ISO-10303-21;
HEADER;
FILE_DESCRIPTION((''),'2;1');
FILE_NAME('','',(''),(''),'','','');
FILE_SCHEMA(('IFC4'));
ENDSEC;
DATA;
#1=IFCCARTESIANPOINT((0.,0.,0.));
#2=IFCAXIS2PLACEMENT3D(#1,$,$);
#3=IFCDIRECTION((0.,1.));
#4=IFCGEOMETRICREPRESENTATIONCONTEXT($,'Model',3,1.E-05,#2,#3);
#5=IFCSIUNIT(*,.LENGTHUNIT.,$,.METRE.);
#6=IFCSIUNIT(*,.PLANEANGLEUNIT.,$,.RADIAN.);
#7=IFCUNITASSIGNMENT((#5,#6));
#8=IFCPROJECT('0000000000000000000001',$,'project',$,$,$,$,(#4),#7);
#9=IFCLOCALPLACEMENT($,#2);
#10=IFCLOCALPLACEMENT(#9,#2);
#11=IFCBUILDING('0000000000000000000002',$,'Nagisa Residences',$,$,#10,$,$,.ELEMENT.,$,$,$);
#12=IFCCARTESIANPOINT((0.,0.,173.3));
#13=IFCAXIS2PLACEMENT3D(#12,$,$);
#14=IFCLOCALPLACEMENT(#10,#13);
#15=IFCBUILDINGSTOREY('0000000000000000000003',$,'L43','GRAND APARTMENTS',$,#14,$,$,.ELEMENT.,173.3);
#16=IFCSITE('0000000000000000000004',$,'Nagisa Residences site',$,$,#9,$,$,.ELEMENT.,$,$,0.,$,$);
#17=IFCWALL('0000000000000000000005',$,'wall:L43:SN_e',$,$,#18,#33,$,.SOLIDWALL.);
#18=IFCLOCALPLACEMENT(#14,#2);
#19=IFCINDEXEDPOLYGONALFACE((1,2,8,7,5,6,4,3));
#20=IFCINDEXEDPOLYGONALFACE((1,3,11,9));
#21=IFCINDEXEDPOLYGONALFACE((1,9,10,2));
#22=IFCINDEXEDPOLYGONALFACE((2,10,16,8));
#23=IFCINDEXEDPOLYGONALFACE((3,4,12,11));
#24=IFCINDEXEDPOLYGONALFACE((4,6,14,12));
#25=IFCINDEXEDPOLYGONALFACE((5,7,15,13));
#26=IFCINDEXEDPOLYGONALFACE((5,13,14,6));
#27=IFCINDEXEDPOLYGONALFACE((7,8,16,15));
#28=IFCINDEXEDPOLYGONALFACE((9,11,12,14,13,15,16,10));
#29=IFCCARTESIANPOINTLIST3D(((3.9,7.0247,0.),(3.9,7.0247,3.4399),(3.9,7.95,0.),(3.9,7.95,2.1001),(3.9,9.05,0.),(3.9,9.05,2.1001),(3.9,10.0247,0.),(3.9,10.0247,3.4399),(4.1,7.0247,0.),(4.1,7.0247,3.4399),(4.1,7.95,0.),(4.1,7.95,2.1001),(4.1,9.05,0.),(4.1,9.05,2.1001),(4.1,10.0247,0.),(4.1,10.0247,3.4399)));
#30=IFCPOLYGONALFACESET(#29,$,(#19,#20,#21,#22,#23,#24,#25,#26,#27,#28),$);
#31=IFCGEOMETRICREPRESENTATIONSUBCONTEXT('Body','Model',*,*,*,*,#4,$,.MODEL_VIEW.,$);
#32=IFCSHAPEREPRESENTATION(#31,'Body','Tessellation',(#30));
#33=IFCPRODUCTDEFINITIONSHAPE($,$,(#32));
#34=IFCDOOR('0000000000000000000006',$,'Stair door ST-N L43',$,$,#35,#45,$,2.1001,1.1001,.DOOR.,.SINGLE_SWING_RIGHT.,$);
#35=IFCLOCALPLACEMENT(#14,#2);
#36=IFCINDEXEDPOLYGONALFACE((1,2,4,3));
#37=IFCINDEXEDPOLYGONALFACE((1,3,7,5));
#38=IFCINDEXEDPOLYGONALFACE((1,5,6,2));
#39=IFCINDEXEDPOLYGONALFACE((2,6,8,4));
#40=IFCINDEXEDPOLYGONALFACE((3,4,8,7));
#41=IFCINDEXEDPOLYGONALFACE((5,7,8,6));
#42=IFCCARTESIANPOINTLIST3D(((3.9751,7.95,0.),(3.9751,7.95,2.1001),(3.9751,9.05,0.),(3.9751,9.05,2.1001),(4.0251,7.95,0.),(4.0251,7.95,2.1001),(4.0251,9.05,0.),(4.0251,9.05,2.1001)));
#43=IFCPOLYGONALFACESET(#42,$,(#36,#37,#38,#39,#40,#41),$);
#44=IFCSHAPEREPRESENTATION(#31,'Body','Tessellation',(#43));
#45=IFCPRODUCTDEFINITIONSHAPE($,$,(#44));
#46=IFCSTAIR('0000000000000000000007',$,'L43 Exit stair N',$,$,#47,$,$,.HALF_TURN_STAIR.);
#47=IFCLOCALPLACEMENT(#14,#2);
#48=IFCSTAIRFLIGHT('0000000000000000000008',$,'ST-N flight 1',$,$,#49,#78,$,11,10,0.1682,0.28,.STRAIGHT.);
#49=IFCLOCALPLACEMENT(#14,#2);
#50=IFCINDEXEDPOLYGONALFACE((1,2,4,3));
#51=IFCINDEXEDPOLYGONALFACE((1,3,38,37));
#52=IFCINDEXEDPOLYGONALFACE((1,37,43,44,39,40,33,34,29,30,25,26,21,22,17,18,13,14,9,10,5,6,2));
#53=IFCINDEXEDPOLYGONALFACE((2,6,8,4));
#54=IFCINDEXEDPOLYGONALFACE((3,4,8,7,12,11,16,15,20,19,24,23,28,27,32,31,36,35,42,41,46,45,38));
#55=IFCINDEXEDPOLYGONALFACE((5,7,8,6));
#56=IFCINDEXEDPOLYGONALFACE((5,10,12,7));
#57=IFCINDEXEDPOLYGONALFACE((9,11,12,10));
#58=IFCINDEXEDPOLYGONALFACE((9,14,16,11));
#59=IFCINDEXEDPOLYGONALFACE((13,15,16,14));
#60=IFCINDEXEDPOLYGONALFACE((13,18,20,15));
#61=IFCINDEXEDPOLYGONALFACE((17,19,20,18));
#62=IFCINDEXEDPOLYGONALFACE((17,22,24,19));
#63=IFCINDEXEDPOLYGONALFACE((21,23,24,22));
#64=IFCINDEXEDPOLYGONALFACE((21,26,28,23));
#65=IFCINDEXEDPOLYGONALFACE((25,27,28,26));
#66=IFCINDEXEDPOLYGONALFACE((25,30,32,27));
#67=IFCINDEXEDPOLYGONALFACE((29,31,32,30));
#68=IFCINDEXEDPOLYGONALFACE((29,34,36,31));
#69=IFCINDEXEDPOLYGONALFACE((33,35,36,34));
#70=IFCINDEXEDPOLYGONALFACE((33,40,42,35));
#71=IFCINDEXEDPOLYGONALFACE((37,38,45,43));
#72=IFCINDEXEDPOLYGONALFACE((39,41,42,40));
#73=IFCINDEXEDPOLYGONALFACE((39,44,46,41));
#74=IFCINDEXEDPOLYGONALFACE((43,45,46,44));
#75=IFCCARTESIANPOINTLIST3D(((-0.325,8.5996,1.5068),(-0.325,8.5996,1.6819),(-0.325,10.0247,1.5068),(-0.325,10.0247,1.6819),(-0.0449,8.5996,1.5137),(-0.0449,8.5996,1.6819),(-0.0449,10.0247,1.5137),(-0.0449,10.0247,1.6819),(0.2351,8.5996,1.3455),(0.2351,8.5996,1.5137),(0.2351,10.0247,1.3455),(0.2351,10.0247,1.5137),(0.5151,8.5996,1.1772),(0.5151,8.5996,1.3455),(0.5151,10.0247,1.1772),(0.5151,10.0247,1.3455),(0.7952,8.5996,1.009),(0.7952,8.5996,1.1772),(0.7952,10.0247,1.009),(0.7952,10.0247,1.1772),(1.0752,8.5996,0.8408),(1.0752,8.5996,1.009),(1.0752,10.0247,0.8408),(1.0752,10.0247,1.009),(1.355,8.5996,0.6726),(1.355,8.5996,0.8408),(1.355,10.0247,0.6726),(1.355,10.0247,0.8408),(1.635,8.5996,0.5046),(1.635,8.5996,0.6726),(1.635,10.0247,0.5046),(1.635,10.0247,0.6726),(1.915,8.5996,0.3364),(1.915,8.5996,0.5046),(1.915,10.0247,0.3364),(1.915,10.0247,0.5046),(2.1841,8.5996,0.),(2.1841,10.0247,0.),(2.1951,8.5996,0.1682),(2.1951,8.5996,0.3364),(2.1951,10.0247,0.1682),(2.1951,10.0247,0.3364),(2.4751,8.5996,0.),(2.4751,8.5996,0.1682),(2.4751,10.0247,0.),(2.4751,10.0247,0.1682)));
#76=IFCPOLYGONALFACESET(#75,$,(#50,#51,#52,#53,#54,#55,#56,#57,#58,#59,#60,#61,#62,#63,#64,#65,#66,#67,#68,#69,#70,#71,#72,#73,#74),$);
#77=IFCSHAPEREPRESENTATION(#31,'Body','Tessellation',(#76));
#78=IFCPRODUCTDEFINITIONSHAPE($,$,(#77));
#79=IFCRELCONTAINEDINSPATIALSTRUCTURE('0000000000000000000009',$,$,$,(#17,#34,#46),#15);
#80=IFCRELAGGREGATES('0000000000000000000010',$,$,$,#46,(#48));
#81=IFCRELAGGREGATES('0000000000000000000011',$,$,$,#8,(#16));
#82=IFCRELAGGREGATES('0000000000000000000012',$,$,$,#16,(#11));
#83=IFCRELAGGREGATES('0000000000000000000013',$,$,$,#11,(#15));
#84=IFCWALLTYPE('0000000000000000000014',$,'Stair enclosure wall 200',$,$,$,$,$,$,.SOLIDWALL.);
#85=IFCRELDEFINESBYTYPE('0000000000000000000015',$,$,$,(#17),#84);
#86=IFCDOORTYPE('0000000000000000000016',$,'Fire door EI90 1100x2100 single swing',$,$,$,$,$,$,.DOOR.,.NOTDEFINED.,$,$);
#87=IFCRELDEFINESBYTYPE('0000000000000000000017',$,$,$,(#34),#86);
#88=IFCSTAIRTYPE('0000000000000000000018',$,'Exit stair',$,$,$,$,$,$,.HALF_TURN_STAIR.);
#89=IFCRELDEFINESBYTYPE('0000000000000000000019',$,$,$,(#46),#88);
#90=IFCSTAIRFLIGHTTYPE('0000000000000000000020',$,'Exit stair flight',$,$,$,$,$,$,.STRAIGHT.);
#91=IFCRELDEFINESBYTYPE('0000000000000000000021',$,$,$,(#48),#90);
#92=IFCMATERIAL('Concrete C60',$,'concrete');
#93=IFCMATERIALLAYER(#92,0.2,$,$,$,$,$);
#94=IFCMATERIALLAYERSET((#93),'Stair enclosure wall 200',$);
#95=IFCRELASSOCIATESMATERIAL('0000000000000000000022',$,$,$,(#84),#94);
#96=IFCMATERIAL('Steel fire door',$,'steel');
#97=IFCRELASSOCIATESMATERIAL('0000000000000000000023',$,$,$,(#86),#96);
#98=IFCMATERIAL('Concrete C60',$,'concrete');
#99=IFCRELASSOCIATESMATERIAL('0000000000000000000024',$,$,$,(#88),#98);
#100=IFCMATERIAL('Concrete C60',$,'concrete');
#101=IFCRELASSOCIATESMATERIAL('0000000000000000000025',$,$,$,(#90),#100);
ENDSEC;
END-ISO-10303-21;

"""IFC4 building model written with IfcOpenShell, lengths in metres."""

from ifc_helpers import new_model, si_unit, direction, frame, frame_2d, origin, place, context, subcontext, project, spatial, polyline, rectangle, outline, extrude, material, layer, layer_set, type_object, element, fill, aggregate, save


model = new_model("IFC4")

# Units and contexts
model_context = context("Model", 3, precision=1e-05, world=origin(), true_north=direction((0.0, 1.0)))
body_context = subcontext(model_context, "Body", "Model", "MODEL_VIEW")
ifc_project = project(units=[si_unit("LENGTHUNIT", "METRE"), si_unit("PLANEANGLEUNIT", "RADIAN")], contexts=[model_context])

# Site, building, storey
site_placement = place(None, origin())
site = spatial("IfcSite", under=ifc_project, at=site_placement, Name="Nagisa Residences site", CompositionType="ELEMENT", RefElevation=0.0)
building_placement = place(site_placement, origin())
building = spatial("IfcBuilding", under=site, at=building_placement, Name="Nagisa Residences", CompositionType="ELEMENT")
storey_placement = place(building_placement, frame((0.0, 0.0, 173.3)))
storey = spatial("IfcBuildingStorey", under=building, at=storey_placement, Name="L43", Description="GRAND APARTMENTS", CompositionType="ELEMENT", Elevation=173.3)

# Wall, opening, door
ifc_material_1 = material(Name="Concrete C60", Category="concrete")
ifc_layer_1 = layer(ifc_material_1, 0.2)
ifc_layer_set_1 = layer_set([ifc_layer_1], Name="Stair enclosure wall 200")
wall_type_1 = type_object("IfcWallType", Name="Stair enclosure wall 200", PredefinedType="SOLIDWALL", material=ifc_layer_set_1)
wall_1_placement = place(storey_placement, frame((4.0, 7.0247, 0.0), z_axis=(0.0, 0.0, 1.0), x_axis=(0.0, 1.0, 0.0)))
wall_1 = element("IfcWall", 1, at=wall_1_placement, inside=storey, type_object=wall_type_1, Name="wall:L43:SN_e", PredefinedType="SOLIDWALL", context=body_context, shape_type="SweptSolid", body=[
    extrude(rectangle(XDim=3.0, YDim=0.2, at=frame_2d((1.5, 0.0))), origin(), (0.0, 0.0, 1.0), 3.4399),
])
opening_1_placement = place(wall_1_placement, frame((0.9253, 0.0, 0.0)))
opening_1 = element("IfcOpeningElement", 2, at=opening_1_placement, cuts=wall_1, PredefinedType="OPENING", context=body_context, shape_type="SweptSolid", body=[
    extrude(rectangle(XDim=1.1001, YDim=2.1001, at=frame_2d((0.55, 1.05))), frame((0.0, 0.1099, 0.0), z_axis=(0.0, -1.0, 0.0), x_axis=(1.0, 0.0, 0.0)), (0.0, 0.0, 1.0), 0.22),
])
ifc_material_2 = material(Name="Steel fire door", Category="steel")
door_type_1 = type_object("IfcDoorType", Name="Fire door EI90 1100x2100 single swing", OperationType="NOTDEFINED", PredefinedType="DOOR", material=ifc_material_2)
door_1_placement = place(opening_1_placement, origin())
door_1 = element("IfcDoor", 3, at=door_1_placement, inside=storey, type_object=door_type_1, Name="Stair door ST-N L43", OperationType="SINGLE_SWING_RIGHT", OverallHeight=2.1001, OverallWidth=1.1001, PredefinedType="DOOR", context=body_context, shape_type="SweptSolid", body=[
    extrude(rectangle(XDim=1.1001, YDim=2.1001, at=frame_2d((0.55, 1.05))), frame((0.0, 0.0249, 0.0), z_axis=(0.0, -1.0, 0.0), x_axis=(1.0, 0.0, 0.0)), (0.0, 0.0, 1.0), 0.05),
])
fill(opening_1, door_1)

# Stair, stair flight
ifc_material_3 = material(Name="Concrete C60", Category="concrete")
stair_type = type_object("IfcStairType", Name="Exit stair", PredefinedType="HALF_TURN_STAIR", material=ifc_material_3)
stair_placement = place(storey_placement, origin())
stair = element("IfcStair", 4, at=stair_placement, inside=storey, type_object=stair_type, Name="L43 Exit stair N", PredefinedType="HALF_TURN_STAIR")
ifc_material_4 = material(Name="Concrete C60", Category="concrete")
stair_flight_type = type_object("IfcStairFlightType", Name="Exit stair flight", PredefinedType="STRAIGHT", material=ifc_material_4)
stair_flight_placement = place(storey_placement, frame((2.4751, 9.312, 0.0), z_axis=(0.0, 0.0, 1.0), x_axis=(-1.0, 0.0, 0.0)))
stair_flight = element("IfcStairFlight", 5, at=stair_flight_placement, type_object=stair_flight_type, Name="ST-N flight 1", NumberOfRisers=11, NumberOfTreads=10, PredefinedType="STRAIGHT", RiserHeight=0.1682, TreadLength=0.28, context=body_context, shape_type="SweptSolid", body=[
    extrude(outline(polyline([(0.0, 0.0), (0.0, 0.1682), (0.28, 0.1682), (0.28, 0.3364), (0.5601, 0.3364), (0.5601, 0.5046), (0.8401, 0.5046), (0.8401, 0.6726), (1.1201, 0.6726), (1.1201, 0.8408), (1.3999, 0.8408), (1.3999, 1.009), (1.6799, 1.009), (1.6799, 1.1772), (1.96, 1.1772), (1.96, 1.3455), (2.24, 1.3455), (2.24, 1.5137), (2.52, 1.5137), (2.52, 1.6819), (2.8, 1.6819), (2.8, 1.8501), (2.8, 1.5068), (0.291, 0.0), (0.0, 0.0)])), frame((0.0, 0.7124, 0.0), z_axis=(0.0, -1.0, 0.0), x_axis=(1.0, 0.0, 0.0)), (0.0, 0.0, 1.0), 1.425),
])
aggregate(stair, [stair_flight])

save(model, "model.ifc")
